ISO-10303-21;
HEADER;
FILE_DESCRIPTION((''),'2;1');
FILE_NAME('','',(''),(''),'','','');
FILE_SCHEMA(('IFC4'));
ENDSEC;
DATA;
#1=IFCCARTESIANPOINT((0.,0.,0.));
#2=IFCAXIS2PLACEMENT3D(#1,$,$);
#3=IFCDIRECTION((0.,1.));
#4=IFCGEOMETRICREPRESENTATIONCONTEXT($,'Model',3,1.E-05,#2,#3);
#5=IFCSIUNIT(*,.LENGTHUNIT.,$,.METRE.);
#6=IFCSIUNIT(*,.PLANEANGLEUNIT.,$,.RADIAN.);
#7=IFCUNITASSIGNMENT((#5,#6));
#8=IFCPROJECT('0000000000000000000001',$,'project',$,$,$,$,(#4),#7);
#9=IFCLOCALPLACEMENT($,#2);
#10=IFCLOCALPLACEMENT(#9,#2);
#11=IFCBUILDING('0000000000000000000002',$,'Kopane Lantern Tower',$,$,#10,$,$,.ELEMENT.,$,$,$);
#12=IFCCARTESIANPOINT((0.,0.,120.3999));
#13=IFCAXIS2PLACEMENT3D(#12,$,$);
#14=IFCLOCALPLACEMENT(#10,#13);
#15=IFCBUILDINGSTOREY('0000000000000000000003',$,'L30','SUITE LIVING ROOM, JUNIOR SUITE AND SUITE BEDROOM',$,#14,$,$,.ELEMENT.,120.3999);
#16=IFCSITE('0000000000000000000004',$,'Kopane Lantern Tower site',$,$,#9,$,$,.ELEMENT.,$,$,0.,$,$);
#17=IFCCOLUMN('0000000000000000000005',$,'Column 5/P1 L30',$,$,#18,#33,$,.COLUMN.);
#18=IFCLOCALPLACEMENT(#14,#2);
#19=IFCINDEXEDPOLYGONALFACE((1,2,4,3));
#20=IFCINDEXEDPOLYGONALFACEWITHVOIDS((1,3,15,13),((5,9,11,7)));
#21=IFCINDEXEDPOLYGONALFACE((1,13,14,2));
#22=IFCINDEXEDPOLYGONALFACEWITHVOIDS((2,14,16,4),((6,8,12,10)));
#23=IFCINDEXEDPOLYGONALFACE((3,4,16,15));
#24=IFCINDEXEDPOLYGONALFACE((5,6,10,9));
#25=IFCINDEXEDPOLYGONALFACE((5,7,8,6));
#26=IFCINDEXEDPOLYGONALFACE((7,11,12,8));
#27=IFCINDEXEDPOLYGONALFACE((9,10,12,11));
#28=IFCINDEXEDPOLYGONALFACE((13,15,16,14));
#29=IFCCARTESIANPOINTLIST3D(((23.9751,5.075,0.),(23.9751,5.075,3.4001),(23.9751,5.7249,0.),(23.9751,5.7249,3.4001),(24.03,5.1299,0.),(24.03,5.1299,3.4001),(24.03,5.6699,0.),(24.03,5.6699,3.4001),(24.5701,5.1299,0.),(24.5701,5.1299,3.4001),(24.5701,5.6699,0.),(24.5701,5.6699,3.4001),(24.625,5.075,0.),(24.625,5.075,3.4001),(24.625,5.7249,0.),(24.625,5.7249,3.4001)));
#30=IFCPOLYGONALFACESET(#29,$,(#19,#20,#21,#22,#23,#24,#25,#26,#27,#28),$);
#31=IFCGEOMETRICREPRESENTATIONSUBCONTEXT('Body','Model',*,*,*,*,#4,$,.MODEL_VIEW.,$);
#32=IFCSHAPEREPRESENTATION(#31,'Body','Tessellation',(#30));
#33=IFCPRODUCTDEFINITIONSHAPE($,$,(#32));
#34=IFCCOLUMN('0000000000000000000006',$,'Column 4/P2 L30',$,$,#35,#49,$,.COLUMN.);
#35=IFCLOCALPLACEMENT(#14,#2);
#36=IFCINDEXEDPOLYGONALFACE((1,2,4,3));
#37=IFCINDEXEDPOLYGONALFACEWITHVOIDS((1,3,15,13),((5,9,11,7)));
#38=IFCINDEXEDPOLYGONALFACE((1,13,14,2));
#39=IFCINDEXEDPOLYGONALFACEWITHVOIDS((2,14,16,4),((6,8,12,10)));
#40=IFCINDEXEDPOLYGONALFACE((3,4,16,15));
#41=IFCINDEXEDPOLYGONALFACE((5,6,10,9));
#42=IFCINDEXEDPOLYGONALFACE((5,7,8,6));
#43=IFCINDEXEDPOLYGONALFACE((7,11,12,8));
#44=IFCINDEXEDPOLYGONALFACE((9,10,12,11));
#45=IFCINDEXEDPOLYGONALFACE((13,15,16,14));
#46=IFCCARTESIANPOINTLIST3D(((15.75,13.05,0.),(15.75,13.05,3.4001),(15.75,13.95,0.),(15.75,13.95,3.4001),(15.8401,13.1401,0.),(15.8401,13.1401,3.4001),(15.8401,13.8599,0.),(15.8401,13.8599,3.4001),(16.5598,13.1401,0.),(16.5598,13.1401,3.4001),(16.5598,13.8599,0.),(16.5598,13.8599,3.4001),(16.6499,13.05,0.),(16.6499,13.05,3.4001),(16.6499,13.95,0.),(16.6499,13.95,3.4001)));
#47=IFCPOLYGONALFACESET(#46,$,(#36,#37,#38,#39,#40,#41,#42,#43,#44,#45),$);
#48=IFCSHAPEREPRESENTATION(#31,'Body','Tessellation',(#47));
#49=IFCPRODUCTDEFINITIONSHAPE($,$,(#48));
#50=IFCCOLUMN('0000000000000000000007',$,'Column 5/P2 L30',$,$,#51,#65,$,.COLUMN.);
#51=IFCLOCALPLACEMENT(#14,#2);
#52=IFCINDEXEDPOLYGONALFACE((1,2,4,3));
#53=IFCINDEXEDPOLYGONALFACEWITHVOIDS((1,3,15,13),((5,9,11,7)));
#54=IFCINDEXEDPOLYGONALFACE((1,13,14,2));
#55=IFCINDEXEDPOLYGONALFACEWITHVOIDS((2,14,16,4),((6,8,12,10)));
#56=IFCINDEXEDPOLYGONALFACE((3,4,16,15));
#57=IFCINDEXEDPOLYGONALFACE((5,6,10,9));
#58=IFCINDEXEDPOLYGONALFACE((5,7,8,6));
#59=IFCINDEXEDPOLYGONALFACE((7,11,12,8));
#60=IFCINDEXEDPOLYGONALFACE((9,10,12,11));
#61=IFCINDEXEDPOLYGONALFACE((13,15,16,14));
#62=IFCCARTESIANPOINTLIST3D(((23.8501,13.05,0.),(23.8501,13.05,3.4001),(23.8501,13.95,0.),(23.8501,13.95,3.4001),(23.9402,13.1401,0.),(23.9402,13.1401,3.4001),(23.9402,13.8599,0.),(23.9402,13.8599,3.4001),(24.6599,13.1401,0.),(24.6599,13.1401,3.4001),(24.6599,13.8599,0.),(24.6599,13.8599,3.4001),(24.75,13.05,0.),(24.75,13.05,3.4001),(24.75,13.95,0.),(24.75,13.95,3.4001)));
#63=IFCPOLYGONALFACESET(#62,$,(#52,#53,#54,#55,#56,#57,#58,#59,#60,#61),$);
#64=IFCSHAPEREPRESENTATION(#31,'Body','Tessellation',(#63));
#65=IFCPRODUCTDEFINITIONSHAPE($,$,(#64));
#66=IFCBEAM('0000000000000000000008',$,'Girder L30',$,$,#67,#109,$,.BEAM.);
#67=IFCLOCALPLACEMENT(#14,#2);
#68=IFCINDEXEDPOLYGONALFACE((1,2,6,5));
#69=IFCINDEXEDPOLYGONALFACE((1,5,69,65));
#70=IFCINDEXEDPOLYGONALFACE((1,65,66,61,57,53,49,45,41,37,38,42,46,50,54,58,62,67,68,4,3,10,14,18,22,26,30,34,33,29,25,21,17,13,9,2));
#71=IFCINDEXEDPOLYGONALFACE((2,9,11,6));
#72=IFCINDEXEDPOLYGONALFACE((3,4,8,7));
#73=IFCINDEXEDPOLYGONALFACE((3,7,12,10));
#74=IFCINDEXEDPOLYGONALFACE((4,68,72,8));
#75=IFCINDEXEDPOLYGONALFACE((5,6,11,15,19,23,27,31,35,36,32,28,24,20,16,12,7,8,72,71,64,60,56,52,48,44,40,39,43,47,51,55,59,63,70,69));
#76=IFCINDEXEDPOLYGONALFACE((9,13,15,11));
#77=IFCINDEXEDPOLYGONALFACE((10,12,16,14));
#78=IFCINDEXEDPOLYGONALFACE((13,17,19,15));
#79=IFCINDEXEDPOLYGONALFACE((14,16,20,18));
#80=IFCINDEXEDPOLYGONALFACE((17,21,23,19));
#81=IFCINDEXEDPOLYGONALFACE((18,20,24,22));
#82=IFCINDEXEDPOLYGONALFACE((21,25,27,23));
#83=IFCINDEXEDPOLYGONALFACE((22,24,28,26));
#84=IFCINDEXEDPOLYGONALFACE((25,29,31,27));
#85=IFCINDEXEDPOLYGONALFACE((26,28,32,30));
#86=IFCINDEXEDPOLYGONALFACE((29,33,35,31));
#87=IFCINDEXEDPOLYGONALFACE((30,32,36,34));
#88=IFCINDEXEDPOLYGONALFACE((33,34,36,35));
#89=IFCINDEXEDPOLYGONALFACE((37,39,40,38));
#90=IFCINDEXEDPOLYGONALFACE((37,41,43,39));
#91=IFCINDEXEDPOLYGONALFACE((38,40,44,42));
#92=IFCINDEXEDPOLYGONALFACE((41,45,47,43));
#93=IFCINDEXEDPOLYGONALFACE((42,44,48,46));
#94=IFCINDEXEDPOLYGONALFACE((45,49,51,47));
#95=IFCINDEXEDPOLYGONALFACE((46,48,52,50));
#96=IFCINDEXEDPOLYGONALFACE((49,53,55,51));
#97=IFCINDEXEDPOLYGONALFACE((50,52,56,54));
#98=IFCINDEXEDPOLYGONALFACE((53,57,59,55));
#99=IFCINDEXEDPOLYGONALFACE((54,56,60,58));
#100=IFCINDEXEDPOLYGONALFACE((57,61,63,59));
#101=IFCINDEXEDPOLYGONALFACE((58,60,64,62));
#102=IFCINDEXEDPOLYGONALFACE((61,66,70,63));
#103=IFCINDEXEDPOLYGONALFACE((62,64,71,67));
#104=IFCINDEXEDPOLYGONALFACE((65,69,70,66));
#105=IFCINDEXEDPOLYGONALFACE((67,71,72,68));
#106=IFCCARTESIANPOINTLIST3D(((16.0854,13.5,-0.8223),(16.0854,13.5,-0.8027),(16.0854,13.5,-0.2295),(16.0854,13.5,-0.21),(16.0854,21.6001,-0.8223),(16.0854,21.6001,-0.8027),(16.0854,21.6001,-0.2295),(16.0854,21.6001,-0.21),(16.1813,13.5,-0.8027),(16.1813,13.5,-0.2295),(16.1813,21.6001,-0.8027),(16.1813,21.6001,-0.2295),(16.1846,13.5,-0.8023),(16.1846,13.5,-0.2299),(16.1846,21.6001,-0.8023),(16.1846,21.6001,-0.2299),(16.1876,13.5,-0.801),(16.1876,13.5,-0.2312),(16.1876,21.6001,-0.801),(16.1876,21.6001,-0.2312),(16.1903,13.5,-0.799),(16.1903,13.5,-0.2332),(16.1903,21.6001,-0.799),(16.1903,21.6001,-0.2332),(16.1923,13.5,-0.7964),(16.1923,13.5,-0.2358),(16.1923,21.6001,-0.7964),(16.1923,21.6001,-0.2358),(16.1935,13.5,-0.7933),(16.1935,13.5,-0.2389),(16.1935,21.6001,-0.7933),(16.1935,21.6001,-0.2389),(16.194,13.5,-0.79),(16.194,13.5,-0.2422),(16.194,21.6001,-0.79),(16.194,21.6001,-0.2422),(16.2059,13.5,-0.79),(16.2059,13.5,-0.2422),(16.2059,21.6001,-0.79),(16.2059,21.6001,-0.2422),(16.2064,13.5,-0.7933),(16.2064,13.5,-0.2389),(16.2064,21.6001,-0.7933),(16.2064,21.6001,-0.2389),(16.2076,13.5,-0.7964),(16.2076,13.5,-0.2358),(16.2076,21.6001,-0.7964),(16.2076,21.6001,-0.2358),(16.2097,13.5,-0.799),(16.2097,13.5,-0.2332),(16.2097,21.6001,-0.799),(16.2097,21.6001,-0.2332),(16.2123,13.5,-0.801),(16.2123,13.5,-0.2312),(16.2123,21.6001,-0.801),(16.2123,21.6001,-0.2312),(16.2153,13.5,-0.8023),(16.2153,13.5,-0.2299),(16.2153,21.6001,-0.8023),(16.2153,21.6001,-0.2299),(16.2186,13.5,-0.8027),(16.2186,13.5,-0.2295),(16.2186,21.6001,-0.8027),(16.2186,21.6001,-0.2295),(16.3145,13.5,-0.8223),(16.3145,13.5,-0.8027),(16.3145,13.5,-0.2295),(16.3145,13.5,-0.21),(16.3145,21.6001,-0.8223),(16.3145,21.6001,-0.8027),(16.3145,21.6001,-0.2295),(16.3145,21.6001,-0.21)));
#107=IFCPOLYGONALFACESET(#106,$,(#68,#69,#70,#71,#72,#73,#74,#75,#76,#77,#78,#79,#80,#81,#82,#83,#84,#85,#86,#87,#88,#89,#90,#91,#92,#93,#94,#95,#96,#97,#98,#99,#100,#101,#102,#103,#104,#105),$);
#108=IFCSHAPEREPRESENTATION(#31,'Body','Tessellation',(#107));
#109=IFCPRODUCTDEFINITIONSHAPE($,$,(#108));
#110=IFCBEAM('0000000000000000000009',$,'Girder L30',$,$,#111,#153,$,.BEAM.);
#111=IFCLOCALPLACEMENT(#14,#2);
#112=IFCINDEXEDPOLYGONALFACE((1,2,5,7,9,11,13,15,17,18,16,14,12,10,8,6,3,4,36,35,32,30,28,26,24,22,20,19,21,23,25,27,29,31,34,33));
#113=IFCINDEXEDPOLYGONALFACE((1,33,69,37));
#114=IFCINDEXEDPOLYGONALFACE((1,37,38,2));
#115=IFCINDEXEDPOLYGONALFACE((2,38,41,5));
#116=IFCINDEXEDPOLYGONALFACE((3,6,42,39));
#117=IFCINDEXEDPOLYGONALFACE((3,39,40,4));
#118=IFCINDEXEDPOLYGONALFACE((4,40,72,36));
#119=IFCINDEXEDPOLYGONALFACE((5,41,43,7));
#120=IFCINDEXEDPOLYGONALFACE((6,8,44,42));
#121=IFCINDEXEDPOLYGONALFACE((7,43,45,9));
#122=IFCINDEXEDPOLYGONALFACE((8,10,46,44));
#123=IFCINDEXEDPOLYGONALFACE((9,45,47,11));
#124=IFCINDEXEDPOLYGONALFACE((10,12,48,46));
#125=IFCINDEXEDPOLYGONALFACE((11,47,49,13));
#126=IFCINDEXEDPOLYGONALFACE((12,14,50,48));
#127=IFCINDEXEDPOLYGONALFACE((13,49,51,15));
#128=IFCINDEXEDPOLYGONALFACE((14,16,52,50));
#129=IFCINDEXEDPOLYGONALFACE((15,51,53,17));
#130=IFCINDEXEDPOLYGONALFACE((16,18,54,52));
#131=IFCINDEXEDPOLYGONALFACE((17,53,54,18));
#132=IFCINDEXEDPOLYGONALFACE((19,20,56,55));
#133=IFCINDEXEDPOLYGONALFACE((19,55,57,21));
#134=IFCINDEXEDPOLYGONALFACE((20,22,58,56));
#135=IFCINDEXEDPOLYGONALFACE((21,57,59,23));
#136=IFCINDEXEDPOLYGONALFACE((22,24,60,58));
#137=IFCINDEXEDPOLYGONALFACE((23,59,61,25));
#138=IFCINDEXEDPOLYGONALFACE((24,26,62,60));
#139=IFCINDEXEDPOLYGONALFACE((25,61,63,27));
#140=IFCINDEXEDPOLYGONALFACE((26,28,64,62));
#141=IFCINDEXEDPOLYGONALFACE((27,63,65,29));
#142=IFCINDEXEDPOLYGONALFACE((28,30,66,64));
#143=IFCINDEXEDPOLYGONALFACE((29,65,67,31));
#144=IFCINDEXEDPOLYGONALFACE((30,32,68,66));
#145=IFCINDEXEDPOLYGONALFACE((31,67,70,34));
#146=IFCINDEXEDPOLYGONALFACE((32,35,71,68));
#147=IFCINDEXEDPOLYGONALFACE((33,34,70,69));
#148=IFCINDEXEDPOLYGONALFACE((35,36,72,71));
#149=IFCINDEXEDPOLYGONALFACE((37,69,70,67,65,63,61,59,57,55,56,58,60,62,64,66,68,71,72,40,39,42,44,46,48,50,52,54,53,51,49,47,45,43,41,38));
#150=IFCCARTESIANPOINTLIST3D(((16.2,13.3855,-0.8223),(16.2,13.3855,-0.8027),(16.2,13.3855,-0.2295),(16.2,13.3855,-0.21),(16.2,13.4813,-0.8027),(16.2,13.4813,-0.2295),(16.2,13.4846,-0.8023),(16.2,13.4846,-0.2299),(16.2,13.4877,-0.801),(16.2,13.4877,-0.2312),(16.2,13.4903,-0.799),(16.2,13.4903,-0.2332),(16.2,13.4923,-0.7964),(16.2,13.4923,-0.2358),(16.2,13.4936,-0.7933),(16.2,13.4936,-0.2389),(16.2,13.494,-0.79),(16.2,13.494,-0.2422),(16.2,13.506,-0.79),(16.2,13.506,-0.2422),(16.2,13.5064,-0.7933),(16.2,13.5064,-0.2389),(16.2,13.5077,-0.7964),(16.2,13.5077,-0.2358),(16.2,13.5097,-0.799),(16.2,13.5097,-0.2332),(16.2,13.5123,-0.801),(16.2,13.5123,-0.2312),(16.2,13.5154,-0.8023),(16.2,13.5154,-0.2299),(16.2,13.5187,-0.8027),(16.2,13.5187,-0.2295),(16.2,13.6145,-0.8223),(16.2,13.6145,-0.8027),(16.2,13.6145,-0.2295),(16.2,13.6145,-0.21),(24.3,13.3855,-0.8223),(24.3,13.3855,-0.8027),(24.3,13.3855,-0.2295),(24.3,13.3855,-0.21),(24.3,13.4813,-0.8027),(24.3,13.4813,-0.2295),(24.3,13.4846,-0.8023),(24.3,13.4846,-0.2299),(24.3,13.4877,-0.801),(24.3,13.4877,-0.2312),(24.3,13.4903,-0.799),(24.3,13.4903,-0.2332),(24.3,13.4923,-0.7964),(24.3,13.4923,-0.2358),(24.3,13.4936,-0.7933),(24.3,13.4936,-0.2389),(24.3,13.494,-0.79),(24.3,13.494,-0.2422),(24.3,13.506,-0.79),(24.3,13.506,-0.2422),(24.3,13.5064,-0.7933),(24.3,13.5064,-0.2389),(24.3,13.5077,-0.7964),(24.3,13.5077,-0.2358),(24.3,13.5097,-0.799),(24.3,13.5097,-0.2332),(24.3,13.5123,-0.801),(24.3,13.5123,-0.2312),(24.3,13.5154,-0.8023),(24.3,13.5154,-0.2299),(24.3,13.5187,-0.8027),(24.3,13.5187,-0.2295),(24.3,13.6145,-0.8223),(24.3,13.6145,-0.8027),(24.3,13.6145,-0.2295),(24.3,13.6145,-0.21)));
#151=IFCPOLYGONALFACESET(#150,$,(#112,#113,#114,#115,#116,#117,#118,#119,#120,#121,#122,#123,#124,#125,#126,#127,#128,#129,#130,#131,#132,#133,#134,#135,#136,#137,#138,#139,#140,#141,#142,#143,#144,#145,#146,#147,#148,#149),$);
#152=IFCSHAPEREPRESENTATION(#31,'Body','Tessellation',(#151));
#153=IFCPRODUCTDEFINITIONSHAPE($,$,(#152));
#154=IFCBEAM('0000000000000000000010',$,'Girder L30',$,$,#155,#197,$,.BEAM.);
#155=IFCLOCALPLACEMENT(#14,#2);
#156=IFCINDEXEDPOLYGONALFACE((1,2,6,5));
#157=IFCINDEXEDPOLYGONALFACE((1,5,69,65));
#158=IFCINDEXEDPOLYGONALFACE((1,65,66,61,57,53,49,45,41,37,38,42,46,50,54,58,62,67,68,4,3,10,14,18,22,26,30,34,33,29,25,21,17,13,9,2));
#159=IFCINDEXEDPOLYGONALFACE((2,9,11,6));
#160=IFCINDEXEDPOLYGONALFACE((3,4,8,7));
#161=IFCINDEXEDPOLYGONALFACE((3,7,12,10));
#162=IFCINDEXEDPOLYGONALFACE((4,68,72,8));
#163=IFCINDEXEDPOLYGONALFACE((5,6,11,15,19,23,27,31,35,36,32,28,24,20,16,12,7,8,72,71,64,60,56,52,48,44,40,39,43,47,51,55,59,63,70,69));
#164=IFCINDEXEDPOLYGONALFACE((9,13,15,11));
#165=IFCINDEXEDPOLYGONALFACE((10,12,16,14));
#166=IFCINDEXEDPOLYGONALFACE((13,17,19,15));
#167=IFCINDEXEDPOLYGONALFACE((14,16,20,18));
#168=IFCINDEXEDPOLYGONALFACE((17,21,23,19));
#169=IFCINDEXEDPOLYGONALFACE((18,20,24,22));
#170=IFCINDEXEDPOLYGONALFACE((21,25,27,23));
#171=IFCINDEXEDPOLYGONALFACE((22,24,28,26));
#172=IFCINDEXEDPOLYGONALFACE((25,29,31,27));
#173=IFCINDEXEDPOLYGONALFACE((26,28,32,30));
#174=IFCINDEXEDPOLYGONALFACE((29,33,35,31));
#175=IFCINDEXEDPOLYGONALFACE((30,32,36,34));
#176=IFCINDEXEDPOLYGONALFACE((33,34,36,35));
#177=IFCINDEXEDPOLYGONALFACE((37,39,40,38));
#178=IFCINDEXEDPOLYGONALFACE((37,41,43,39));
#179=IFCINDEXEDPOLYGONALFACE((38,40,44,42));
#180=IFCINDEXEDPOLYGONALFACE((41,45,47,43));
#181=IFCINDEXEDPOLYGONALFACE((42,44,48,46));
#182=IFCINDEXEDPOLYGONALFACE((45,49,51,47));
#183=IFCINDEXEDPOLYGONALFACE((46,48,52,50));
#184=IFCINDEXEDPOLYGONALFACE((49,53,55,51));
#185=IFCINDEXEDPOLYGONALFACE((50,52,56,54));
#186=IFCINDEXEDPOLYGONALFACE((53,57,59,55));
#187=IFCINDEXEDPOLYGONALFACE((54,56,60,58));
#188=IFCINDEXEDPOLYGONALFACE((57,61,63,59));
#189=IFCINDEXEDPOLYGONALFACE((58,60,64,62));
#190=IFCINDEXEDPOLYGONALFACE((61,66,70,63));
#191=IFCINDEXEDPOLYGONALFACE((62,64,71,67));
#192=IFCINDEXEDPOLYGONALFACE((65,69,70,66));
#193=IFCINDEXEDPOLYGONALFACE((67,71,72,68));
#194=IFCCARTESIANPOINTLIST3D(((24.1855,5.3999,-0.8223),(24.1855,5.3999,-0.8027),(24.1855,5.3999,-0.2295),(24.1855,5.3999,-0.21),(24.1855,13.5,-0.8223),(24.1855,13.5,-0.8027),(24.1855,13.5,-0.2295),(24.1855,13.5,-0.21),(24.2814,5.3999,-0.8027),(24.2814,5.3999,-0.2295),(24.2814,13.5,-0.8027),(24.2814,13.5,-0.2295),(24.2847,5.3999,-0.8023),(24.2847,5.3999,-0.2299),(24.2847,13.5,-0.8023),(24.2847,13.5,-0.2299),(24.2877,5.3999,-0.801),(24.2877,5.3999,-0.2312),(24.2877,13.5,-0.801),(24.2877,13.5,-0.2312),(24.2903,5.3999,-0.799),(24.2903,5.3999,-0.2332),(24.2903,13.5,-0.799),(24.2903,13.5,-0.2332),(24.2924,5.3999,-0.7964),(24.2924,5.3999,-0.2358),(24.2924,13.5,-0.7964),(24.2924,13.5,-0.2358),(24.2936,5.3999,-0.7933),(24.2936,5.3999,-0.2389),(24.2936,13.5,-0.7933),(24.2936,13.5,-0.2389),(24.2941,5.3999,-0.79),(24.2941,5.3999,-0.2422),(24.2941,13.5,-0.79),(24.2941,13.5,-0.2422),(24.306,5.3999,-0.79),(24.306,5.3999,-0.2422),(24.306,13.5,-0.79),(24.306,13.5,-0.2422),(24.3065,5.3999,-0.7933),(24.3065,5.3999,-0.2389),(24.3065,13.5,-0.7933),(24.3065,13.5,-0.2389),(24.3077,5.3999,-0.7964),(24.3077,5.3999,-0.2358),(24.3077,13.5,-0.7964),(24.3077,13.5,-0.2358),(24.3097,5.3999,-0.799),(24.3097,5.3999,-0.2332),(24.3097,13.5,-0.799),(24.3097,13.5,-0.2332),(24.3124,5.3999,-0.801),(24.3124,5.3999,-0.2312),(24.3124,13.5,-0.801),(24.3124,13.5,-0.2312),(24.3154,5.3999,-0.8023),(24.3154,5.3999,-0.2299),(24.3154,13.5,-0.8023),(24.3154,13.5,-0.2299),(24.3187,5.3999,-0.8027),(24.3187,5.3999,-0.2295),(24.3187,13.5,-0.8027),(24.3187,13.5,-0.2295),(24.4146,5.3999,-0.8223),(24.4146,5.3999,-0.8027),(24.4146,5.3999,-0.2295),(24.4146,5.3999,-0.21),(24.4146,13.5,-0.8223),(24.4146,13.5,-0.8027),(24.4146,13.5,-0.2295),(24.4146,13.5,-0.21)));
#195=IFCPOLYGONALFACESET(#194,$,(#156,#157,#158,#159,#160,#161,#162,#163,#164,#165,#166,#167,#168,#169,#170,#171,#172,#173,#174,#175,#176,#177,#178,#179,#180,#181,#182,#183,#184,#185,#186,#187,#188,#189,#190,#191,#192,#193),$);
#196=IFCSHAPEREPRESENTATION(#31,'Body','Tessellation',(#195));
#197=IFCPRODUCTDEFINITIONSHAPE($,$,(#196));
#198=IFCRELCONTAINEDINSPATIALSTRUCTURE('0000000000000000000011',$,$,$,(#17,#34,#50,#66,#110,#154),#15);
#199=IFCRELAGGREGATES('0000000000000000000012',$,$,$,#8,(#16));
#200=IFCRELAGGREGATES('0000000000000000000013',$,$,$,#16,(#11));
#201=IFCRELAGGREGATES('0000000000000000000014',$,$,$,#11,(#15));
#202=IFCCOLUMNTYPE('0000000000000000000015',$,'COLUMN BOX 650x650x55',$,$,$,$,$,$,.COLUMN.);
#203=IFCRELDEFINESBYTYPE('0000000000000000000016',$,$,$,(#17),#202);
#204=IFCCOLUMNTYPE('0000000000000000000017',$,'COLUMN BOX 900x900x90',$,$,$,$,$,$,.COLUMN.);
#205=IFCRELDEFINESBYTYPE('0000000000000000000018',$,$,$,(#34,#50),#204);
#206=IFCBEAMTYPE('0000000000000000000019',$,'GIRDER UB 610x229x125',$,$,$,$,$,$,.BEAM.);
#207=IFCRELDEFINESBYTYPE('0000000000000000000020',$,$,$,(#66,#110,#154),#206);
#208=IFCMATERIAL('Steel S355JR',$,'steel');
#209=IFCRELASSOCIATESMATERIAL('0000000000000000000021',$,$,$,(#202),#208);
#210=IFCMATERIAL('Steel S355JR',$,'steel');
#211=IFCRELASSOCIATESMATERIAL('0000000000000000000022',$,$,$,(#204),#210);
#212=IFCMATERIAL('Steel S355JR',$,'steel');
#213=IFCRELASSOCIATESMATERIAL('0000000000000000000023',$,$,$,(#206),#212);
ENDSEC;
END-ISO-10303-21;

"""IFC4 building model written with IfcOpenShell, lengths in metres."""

from ifc_helpers import new_model, si_unit, direction, frame, origin, origin_2d, place, context, subcontext, project, spatial, hollow_rectangle, i_section, extrude, material, material_profile, profile_set, type_object, element, save


model = new_model("IFC4")

# Units and contexts
model_context = context("Model", 3, precision=1e-05, world=origin(), true_north=direction((0.0, 1.0)))
body_context = subcontext(model_context, "Body", "Model", "MODEL_VIEW")
ifc_project = project(units=[si_unit("LENGTHUNIT", "METRE"), si_unit("PLANEANGLEUNIT", "RADIAN")], contexts=[model_context])

# Site, building, storey
site_placement = place(None, origin())
site = spatial("IfcSite", under=ifc_project, at=site_placement, Name="Kopane Lantern Tower site", CompositionType="ELEMENT", RefElevation=0.0)
building_placement = place(site_placement, origin())
building = spatial("IfcBuilding", under=site, at=building_placement, Name="Kopane Lantern Tower", CompositionType="ELEMENT")
storey_placement = place(building_placement, frame((0.0, 0.0, 120.3999)))
storey = spatial("IfcBuildingStorey", under=building, at=storey_placement, Name="L30", Description="SUITE LIVING ROOM, JUNIOR SUITE AND SUITE BEDROOM", CompositionType="ELEMENT", Elevation=120.3999)

# Columns
ifc_material_1 = material(Name="Steel S355JR", Category="steel")
ifc_material_profile_1 = material_profile(ifc_material_1, hollow_rectangle(XDim=0.6499, YDim=0.6499, WallThickness=0.0549, at=origin_2d()), Name="BOX 650x650x55")
ifc_profile_set_1 = profile_set([ifc_material_profile_1], Name="Steel S355JR")
column_type_1 = type_object("IfcColumnType", Name="COLUMN BOX 650x650x55", PredefinedType="COLUMN", material=ifc_profile_set_1)
column_placement = place(storey_placement, frame((24.3, 5.3999, 0.0), z_axis=(0.0, 0.0, 1.0), x_axis=(1.0, 0.0, 0.0)))
element("IfcColumn", 1, at=column_placement, inside=storey, type_object=column_type_1, Name="Column 5/P1 L30", PredefinedType="COLUMN", context=body_context, shape_type="SweptSolid", body=[
    extrude(hollow_rectangle(XDim=0.6499, YDim=0.6499, WallThickness=0.0549, at=origin_2d()), origin(), (0.0, 0.0, 1.0), 3.4001),
])
ifc_material_2 = material(Name="Steel S355JR", Category="steel")
ifc_material_profile_2 = material_profile(ifc_material_2, hollow_rectangle(XDim=0.8999, YDim=0.8999, WallThickness=0.0901, at=origin_2d()), Name="BOX 900x900x90")
ifc_profile_set_2 = profile_set([ifc_material_profile_2], Name="Steel S355JR")
column_type_2 = type_object("IfcColumnType", Name="COLUMN BOX 900x900x90", PredefinedType="COLUMN", material=ifc_profile_set_2)
for number, where, z_axis, x_axis, name in (
    (2, (16.2, 13.5, 0.0), (0.0, 0.0, 1.0), (1.0, 0.0, 0.0), "Column 4/P2 L30"),
    (3, (24.3, 13.5, 0.0), (0.0, 0.0, 1.0), (1.0, 0.0, 0.0), "Column 5/P2 L30"),
):
    element("IfcColumn", number, at=place(storey_placement, frame(where, z_axis=z_axis, x_axis=x_axis)), inside=storey, type_object=column_type_2, Name=name, PredefinedType="COLUMN", context=body_context, shape_type="SweptSolid", body=[
        extrude(hollow_rectangle(XDim=0.8999, YDim=0.8999, WallThickness=0.0901, at=origin_2d()), origin(), (0.0, 0.0, 1.0), 3.4001),
    ])

# Beams
ifc_material_3 = material(Name="Steel S355JR", Category="steel")
ifc_material_profile_3 = material_profile(ifc_material_3, i_section(OverallWidth=0.229, OverallDepth=0.6123, WebThickness=0.012, FlangeThickness=0.0195, FilletRadius=0.0127, at=origin_2d()), Name="UB 610x229x125")
ifc_profile_set_3 = profile_set([ifc_material_profile_3], Name="Steel S355JR")
beam_type = type_object("IfcBeamType", Name="GIRDER UB 610x229x125", PredefinedType="BEAM", material=ifc_profile_set_3)
for number, where, z_axis, x_axis, name in (
    (4, (16.2, 13.5, -0.5161), (0.0, 1.0, 0.0), (-1.0, 0.0, 0.0), "Girder L30"),
    (5, (16.2, 13.5, -0.5161), (1.0, 0.0, 0.0), (0.0, 1.0, 0.0), "Girder L30"),
    (6, (24.3, 5.3999, -0.5161), (0.0, 1.0, 0.0), (-1.0, 0.0, 0.0), "Girder L30"),
):
    element("IfcBeam", number, at=place(storey_placement, frame(where, z_axis=z_axis, x_axis=x_axis)), inside=storey, type_object=beam_type, Name=name, PredefinedType="BEAM", context=body_context, shape_type="SweptSolid", body=[
        extrude(i_section(OverallWidth=0.229, OverallDepth=0.6123, WebThickness=0.012, FlangeThickness=0.0195, FilletRadius=0.0127, at=origin_2d()), origin(), (0.0, 0.0, 1.0), 8.1001),
    ])

save(model, "model.ifc")
